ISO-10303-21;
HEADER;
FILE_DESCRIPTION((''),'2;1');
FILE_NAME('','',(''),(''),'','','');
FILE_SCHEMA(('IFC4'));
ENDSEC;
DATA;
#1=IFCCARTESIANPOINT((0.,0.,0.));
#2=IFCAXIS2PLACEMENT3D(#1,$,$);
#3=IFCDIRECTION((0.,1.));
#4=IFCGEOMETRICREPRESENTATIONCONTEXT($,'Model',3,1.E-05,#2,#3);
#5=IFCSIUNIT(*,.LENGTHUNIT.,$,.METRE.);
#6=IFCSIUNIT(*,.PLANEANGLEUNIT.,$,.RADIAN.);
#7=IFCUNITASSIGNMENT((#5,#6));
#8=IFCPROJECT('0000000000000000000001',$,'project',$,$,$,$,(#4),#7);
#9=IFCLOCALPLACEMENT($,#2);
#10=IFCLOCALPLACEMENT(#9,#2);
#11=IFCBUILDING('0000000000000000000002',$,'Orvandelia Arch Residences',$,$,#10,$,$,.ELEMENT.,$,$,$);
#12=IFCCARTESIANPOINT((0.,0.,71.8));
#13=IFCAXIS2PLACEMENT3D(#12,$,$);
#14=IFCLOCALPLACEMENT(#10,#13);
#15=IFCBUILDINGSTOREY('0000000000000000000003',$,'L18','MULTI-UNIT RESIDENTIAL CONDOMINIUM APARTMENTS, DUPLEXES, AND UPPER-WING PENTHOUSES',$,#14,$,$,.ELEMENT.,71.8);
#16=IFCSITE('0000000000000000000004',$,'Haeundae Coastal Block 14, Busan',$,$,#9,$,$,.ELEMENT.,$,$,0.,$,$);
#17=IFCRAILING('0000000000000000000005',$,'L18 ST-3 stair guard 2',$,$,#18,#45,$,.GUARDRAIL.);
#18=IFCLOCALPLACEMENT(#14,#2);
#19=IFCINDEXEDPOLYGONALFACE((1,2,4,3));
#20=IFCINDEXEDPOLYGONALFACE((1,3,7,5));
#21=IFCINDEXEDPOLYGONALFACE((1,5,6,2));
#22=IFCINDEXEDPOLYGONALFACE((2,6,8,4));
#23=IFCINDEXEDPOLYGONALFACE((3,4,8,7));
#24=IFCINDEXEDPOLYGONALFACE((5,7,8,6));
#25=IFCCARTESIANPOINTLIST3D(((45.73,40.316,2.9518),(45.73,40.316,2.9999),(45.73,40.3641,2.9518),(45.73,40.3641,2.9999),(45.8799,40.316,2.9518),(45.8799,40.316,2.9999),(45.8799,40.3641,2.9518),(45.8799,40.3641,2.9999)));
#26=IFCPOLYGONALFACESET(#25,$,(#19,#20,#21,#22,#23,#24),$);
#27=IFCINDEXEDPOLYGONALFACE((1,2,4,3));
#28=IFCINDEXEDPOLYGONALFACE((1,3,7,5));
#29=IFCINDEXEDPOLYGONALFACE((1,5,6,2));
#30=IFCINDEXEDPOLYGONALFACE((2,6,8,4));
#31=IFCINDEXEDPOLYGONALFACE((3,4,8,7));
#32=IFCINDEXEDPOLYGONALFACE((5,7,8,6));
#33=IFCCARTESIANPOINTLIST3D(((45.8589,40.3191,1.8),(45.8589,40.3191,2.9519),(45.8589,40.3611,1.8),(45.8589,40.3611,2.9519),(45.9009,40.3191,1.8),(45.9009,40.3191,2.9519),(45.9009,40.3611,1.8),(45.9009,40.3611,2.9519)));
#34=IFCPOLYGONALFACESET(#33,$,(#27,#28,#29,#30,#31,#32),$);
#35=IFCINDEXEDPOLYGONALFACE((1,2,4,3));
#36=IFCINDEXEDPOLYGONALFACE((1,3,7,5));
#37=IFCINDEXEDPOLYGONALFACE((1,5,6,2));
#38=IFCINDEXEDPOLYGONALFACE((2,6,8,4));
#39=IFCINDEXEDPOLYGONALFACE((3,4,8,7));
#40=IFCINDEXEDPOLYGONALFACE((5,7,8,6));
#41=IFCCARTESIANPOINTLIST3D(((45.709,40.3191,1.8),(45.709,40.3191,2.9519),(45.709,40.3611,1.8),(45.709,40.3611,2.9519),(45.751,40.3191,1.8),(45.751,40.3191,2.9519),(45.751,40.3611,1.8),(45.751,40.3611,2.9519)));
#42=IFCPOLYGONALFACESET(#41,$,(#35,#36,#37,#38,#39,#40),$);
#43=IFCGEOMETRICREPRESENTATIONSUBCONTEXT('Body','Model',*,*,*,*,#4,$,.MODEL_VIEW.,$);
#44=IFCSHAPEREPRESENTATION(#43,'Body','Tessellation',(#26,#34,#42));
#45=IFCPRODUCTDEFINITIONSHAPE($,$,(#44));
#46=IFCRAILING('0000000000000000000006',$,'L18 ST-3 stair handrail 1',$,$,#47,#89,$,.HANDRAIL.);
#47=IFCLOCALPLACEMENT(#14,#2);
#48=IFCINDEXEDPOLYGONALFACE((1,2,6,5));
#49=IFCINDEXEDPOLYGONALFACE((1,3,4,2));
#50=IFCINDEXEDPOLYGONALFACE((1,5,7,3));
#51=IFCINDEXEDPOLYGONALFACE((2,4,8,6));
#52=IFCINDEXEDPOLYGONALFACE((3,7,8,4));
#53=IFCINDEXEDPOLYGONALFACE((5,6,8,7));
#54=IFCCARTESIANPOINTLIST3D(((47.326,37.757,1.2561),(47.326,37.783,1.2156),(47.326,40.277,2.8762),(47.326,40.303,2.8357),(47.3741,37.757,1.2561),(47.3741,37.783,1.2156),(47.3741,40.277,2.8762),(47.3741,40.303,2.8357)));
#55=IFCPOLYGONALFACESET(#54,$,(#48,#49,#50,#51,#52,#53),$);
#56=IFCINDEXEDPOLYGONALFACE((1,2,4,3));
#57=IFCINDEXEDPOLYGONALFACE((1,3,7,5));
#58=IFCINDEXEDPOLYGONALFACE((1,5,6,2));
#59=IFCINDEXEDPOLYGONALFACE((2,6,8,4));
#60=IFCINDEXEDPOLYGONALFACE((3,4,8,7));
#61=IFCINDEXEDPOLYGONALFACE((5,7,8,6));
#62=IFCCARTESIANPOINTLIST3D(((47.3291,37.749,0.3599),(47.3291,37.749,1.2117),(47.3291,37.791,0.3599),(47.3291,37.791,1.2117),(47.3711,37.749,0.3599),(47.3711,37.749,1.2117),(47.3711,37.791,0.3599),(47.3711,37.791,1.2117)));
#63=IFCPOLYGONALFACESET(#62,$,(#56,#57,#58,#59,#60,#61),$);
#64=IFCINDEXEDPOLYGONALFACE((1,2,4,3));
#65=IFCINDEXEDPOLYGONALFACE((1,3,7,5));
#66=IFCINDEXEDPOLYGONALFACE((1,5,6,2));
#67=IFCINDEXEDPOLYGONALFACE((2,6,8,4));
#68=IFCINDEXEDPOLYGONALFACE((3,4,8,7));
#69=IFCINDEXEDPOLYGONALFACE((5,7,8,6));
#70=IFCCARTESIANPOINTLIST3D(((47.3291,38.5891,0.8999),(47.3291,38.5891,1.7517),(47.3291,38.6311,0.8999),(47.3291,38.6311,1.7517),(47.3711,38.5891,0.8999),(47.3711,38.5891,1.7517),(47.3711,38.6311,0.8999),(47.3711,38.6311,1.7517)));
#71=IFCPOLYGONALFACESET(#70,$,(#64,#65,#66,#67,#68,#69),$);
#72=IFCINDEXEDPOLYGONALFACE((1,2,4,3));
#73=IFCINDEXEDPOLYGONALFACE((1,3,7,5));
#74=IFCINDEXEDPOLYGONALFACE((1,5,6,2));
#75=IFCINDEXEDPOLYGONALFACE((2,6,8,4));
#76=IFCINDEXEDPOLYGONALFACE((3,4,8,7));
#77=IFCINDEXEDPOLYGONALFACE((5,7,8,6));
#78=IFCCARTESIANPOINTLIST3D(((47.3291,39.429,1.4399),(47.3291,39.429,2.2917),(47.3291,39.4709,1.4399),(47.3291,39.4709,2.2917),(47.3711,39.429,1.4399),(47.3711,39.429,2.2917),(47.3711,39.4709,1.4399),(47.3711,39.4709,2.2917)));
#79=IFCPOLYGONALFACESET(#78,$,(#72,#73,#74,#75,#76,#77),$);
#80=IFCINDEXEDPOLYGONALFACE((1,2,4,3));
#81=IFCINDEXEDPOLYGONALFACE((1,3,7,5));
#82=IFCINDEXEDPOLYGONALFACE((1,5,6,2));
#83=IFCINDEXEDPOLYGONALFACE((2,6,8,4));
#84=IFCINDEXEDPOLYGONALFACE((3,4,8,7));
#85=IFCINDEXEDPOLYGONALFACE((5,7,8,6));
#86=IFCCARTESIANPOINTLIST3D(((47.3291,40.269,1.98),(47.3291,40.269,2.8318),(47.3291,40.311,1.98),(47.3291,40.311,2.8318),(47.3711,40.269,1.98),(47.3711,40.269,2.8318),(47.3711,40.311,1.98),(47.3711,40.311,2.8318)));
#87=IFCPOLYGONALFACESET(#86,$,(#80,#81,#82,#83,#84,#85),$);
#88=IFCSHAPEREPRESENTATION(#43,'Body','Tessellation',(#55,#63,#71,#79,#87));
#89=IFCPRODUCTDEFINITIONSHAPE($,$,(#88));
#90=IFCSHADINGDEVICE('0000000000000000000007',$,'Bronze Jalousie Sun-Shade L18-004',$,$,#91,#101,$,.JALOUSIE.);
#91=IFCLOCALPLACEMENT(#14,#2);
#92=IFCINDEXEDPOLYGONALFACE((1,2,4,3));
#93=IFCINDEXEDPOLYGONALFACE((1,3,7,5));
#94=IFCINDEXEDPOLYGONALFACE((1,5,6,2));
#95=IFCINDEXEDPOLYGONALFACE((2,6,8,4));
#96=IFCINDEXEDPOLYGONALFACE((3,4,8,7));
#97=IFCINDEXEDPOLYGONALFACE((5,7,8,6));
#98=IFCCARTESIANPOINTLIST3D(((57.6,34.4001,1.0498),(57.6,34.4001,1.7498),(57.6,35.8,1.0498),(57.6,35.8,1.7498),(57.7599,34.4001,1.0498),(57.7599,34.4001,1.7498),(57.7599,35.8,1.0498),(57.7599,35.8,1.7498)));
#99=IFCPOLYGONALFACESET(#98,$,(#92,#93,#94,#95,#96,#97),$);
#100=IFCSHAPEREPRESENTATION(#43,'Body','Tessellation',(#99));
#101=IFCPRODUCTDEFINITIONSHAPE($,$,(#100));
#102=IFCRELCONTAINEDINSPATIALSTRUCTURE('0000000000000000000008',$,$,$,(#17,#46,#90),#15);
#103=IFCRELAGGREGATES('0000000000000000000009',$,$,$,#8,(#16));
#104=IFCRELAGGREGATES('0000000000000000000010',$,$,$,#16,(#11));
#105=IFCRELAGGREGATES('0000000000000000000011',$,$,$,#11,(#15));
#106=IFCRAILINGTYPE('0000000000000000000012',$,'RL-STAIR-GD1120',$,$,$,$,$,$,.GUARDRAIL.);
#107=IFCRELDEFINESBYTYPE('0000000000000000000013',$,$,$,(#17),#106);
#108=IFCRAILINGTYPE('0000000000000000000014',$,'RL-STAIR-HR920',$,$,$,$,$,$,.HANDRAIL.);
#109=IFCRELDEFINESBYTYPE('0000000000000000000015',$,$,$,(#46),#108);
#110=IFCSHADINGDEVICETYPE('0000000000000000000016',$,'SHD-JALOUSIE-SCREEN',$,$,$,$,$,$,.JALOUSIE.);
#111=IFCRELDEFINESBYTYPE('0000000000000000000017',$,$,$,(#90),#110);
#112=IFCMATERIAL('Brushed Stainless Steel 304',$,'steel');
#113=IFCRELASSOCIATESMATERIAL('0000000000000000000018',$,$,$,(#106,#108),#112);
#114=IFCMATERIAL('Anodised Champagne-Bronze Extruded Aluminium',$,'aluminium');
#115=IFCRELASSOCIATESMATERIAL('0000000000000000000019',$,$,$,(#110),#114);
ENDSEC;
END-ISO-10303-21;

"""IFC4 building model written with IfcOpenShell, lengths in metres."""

from ifc_helpers import new_model, si_unit, direction, frame, origin, origin_2d, place, context, subcontext, project, spatial, rectangle, extrude, material, type_object, element, save


model = new_model("IFC4")

# Units and contexts
model_context = context("Model", 3, precision=1e-05, world=origin(), true_north=direction((0.0, 1.0)))
body_context = subcontext(model_context, "Body", "Model", "MODEL_VIEW")
ifc_project = project(units=[si_unit("LENGTHUNIT", "METRE"), si_unit("PLANEANGLEUNIT", "RADIAN")], contexts=[model_context])

# Site, building, storey
site_placement = place(None, origin())
site = spatial("IfcSite", under=ifc_project, at=site_placement, Name="Haeundae Coastal Block 14, Busan", CompositionType="ELEMENT", RefElevation=0.0)
building_placement = place(site_placement, origin())
building = spatial("IfcBuilding", under=site, at=building_placement, Name="Orvandelia Arch Residences", CompositionType="ELEMENT")
storey_placement = place(building_placement, frame((0.0, 0.0, 71.8)))
storey = spatial("IfcBuildingStorey", under=building, at=storey_placement, Name="L18", Description="MULTI-UNIT RESIDENTIAL CONDOMINIUM APARTMENTS, DUPLEXES, AND UPPER-WING PENTHOUSES", CompositionType="ELEMENT", Elevation=71.8)

# Railings
ifc_material_1 = material(Name="Brushed Stainless Steel 304", Category="steel")
railing_type_1 = type_object("IfcRailingType", Name="RL-STAIR-GD1120", PredefinedType="GUARDRAIL", material=ifc_material_1)
railing_1_placement = place(storey_placement, frame((45.8799, 40.3401, 1.8)))
element("IfcRailing", 1, at=railing_1_placement, inside=storey, type_object=railing_type_1, Name="L18 ST-3 stair guard 2", PredefinedType="GUARDRAIL", context=body_context, shape_type="SweptSolid", body=[
    extrude(rectangle(XDim=0.0481, YDim=0.0481, at=origin_2d()), frame((0.0, 0.0, 1.1758), z_axis=(-1.0, 0.0, 0.0), x_axis=(0.0, -1.0, 0.0)), (0.0, 0.0, 1.0), 0.1499),
    extrude(rectangle(XDim=0.042, YDim=0.042, at=origin_2d()), origin(), (0.0, 0.0, 1.0), 1.1519),
    extrude(rectangle(XDim=0.042, YDim=0.042, at=origin_2d()), frame((-0.1499, 0.0, 0.0)), (0.0, 0.0, 1.0), 1.1519),
])
railing_type_2 = type_object("IfcRailingType", Name="RL-STAIR-HR920", PredefinedType="HANDRAIL", material=ifc_material_1)
railing_2_placement = place(storey_placement, frame((47.3501, 37.77, 0.3599)))
element("IfcRailing", 2, at=railing_2_placement, inside=storey, type_object=railing_type_2, Name="L18 ST-3 stair handrail 1", PredefinedType="HANDRAIL", context=body_context, shape_type="SweptSolid", body=[
    extrude(rectangle(XDim=0.0481, YDim=0.0481, at=origin_2d()), frame((0.0, 0.0, 0.876), z_axis=(0.0, 0.841163, 0.540782), x_axis=(-1.0, 0.0, 0.0)), (0.0, 0.0, 1.0), 2.9958),
    extrude(rectangle(XDim=0.042, YDim=0.042, at=origin_2d()), origin(), (0.0, 0.0, 1.0), 0.8518),
    extrude(rectangle(XDim=0.042, YDim=0.042, at=origin_2d()), frame((0.0, 0.8401, 0.54)), (0.0, 0.0, 1.0), 0.8518),
    extrude(rectangle(XDim=0.042, YDim=0.042, at=origin_2d()), frame((0.0, 1.6799, 1.0801)), (0.0, 0.0, 1.0), 0.8518),
    extrude(rectangle(XDim=0.042, YDim=0.042, at=origin_2d()), frame((0.0, 2.52, 1.6201)), (0.0, 0.0, 1.0), 0.8518),
])

# Shading device
ifc_material_2 = material(Name="Anodised Champagne-Bronze Extruded Aluminium", Category="aluminium")
shading_device_type = type_object("IfcShadingDeviceType", Name="SHD-JALOUSIE-SCREEN", PredefinedType="JALOUSIE", material=ifc_material_2)
shading_device_placement = place(storey_placement, frame((57.6799, 35.1001, 1.0498), z_axis=(0.0, 0.0, 1.0), x_axis=(0.0, -1.0, 0.0)))
element("IfcShadingDevice", 3, at=shading_device_placement, inside=storey, type_object=shading_device_type, Name="Bronze Jalousie Sun-Shade L18-004", PredefinedType="JALOUSIE", context=body_context, shape_type="SweptSolid", body=[
    extrude(rectangle(XDim=1.3999, YDim=0.1599, at=origin_2d()), origin(), (0.0, 0.0, 1.0), 0.7),
])

save(model, "model.ifc")
